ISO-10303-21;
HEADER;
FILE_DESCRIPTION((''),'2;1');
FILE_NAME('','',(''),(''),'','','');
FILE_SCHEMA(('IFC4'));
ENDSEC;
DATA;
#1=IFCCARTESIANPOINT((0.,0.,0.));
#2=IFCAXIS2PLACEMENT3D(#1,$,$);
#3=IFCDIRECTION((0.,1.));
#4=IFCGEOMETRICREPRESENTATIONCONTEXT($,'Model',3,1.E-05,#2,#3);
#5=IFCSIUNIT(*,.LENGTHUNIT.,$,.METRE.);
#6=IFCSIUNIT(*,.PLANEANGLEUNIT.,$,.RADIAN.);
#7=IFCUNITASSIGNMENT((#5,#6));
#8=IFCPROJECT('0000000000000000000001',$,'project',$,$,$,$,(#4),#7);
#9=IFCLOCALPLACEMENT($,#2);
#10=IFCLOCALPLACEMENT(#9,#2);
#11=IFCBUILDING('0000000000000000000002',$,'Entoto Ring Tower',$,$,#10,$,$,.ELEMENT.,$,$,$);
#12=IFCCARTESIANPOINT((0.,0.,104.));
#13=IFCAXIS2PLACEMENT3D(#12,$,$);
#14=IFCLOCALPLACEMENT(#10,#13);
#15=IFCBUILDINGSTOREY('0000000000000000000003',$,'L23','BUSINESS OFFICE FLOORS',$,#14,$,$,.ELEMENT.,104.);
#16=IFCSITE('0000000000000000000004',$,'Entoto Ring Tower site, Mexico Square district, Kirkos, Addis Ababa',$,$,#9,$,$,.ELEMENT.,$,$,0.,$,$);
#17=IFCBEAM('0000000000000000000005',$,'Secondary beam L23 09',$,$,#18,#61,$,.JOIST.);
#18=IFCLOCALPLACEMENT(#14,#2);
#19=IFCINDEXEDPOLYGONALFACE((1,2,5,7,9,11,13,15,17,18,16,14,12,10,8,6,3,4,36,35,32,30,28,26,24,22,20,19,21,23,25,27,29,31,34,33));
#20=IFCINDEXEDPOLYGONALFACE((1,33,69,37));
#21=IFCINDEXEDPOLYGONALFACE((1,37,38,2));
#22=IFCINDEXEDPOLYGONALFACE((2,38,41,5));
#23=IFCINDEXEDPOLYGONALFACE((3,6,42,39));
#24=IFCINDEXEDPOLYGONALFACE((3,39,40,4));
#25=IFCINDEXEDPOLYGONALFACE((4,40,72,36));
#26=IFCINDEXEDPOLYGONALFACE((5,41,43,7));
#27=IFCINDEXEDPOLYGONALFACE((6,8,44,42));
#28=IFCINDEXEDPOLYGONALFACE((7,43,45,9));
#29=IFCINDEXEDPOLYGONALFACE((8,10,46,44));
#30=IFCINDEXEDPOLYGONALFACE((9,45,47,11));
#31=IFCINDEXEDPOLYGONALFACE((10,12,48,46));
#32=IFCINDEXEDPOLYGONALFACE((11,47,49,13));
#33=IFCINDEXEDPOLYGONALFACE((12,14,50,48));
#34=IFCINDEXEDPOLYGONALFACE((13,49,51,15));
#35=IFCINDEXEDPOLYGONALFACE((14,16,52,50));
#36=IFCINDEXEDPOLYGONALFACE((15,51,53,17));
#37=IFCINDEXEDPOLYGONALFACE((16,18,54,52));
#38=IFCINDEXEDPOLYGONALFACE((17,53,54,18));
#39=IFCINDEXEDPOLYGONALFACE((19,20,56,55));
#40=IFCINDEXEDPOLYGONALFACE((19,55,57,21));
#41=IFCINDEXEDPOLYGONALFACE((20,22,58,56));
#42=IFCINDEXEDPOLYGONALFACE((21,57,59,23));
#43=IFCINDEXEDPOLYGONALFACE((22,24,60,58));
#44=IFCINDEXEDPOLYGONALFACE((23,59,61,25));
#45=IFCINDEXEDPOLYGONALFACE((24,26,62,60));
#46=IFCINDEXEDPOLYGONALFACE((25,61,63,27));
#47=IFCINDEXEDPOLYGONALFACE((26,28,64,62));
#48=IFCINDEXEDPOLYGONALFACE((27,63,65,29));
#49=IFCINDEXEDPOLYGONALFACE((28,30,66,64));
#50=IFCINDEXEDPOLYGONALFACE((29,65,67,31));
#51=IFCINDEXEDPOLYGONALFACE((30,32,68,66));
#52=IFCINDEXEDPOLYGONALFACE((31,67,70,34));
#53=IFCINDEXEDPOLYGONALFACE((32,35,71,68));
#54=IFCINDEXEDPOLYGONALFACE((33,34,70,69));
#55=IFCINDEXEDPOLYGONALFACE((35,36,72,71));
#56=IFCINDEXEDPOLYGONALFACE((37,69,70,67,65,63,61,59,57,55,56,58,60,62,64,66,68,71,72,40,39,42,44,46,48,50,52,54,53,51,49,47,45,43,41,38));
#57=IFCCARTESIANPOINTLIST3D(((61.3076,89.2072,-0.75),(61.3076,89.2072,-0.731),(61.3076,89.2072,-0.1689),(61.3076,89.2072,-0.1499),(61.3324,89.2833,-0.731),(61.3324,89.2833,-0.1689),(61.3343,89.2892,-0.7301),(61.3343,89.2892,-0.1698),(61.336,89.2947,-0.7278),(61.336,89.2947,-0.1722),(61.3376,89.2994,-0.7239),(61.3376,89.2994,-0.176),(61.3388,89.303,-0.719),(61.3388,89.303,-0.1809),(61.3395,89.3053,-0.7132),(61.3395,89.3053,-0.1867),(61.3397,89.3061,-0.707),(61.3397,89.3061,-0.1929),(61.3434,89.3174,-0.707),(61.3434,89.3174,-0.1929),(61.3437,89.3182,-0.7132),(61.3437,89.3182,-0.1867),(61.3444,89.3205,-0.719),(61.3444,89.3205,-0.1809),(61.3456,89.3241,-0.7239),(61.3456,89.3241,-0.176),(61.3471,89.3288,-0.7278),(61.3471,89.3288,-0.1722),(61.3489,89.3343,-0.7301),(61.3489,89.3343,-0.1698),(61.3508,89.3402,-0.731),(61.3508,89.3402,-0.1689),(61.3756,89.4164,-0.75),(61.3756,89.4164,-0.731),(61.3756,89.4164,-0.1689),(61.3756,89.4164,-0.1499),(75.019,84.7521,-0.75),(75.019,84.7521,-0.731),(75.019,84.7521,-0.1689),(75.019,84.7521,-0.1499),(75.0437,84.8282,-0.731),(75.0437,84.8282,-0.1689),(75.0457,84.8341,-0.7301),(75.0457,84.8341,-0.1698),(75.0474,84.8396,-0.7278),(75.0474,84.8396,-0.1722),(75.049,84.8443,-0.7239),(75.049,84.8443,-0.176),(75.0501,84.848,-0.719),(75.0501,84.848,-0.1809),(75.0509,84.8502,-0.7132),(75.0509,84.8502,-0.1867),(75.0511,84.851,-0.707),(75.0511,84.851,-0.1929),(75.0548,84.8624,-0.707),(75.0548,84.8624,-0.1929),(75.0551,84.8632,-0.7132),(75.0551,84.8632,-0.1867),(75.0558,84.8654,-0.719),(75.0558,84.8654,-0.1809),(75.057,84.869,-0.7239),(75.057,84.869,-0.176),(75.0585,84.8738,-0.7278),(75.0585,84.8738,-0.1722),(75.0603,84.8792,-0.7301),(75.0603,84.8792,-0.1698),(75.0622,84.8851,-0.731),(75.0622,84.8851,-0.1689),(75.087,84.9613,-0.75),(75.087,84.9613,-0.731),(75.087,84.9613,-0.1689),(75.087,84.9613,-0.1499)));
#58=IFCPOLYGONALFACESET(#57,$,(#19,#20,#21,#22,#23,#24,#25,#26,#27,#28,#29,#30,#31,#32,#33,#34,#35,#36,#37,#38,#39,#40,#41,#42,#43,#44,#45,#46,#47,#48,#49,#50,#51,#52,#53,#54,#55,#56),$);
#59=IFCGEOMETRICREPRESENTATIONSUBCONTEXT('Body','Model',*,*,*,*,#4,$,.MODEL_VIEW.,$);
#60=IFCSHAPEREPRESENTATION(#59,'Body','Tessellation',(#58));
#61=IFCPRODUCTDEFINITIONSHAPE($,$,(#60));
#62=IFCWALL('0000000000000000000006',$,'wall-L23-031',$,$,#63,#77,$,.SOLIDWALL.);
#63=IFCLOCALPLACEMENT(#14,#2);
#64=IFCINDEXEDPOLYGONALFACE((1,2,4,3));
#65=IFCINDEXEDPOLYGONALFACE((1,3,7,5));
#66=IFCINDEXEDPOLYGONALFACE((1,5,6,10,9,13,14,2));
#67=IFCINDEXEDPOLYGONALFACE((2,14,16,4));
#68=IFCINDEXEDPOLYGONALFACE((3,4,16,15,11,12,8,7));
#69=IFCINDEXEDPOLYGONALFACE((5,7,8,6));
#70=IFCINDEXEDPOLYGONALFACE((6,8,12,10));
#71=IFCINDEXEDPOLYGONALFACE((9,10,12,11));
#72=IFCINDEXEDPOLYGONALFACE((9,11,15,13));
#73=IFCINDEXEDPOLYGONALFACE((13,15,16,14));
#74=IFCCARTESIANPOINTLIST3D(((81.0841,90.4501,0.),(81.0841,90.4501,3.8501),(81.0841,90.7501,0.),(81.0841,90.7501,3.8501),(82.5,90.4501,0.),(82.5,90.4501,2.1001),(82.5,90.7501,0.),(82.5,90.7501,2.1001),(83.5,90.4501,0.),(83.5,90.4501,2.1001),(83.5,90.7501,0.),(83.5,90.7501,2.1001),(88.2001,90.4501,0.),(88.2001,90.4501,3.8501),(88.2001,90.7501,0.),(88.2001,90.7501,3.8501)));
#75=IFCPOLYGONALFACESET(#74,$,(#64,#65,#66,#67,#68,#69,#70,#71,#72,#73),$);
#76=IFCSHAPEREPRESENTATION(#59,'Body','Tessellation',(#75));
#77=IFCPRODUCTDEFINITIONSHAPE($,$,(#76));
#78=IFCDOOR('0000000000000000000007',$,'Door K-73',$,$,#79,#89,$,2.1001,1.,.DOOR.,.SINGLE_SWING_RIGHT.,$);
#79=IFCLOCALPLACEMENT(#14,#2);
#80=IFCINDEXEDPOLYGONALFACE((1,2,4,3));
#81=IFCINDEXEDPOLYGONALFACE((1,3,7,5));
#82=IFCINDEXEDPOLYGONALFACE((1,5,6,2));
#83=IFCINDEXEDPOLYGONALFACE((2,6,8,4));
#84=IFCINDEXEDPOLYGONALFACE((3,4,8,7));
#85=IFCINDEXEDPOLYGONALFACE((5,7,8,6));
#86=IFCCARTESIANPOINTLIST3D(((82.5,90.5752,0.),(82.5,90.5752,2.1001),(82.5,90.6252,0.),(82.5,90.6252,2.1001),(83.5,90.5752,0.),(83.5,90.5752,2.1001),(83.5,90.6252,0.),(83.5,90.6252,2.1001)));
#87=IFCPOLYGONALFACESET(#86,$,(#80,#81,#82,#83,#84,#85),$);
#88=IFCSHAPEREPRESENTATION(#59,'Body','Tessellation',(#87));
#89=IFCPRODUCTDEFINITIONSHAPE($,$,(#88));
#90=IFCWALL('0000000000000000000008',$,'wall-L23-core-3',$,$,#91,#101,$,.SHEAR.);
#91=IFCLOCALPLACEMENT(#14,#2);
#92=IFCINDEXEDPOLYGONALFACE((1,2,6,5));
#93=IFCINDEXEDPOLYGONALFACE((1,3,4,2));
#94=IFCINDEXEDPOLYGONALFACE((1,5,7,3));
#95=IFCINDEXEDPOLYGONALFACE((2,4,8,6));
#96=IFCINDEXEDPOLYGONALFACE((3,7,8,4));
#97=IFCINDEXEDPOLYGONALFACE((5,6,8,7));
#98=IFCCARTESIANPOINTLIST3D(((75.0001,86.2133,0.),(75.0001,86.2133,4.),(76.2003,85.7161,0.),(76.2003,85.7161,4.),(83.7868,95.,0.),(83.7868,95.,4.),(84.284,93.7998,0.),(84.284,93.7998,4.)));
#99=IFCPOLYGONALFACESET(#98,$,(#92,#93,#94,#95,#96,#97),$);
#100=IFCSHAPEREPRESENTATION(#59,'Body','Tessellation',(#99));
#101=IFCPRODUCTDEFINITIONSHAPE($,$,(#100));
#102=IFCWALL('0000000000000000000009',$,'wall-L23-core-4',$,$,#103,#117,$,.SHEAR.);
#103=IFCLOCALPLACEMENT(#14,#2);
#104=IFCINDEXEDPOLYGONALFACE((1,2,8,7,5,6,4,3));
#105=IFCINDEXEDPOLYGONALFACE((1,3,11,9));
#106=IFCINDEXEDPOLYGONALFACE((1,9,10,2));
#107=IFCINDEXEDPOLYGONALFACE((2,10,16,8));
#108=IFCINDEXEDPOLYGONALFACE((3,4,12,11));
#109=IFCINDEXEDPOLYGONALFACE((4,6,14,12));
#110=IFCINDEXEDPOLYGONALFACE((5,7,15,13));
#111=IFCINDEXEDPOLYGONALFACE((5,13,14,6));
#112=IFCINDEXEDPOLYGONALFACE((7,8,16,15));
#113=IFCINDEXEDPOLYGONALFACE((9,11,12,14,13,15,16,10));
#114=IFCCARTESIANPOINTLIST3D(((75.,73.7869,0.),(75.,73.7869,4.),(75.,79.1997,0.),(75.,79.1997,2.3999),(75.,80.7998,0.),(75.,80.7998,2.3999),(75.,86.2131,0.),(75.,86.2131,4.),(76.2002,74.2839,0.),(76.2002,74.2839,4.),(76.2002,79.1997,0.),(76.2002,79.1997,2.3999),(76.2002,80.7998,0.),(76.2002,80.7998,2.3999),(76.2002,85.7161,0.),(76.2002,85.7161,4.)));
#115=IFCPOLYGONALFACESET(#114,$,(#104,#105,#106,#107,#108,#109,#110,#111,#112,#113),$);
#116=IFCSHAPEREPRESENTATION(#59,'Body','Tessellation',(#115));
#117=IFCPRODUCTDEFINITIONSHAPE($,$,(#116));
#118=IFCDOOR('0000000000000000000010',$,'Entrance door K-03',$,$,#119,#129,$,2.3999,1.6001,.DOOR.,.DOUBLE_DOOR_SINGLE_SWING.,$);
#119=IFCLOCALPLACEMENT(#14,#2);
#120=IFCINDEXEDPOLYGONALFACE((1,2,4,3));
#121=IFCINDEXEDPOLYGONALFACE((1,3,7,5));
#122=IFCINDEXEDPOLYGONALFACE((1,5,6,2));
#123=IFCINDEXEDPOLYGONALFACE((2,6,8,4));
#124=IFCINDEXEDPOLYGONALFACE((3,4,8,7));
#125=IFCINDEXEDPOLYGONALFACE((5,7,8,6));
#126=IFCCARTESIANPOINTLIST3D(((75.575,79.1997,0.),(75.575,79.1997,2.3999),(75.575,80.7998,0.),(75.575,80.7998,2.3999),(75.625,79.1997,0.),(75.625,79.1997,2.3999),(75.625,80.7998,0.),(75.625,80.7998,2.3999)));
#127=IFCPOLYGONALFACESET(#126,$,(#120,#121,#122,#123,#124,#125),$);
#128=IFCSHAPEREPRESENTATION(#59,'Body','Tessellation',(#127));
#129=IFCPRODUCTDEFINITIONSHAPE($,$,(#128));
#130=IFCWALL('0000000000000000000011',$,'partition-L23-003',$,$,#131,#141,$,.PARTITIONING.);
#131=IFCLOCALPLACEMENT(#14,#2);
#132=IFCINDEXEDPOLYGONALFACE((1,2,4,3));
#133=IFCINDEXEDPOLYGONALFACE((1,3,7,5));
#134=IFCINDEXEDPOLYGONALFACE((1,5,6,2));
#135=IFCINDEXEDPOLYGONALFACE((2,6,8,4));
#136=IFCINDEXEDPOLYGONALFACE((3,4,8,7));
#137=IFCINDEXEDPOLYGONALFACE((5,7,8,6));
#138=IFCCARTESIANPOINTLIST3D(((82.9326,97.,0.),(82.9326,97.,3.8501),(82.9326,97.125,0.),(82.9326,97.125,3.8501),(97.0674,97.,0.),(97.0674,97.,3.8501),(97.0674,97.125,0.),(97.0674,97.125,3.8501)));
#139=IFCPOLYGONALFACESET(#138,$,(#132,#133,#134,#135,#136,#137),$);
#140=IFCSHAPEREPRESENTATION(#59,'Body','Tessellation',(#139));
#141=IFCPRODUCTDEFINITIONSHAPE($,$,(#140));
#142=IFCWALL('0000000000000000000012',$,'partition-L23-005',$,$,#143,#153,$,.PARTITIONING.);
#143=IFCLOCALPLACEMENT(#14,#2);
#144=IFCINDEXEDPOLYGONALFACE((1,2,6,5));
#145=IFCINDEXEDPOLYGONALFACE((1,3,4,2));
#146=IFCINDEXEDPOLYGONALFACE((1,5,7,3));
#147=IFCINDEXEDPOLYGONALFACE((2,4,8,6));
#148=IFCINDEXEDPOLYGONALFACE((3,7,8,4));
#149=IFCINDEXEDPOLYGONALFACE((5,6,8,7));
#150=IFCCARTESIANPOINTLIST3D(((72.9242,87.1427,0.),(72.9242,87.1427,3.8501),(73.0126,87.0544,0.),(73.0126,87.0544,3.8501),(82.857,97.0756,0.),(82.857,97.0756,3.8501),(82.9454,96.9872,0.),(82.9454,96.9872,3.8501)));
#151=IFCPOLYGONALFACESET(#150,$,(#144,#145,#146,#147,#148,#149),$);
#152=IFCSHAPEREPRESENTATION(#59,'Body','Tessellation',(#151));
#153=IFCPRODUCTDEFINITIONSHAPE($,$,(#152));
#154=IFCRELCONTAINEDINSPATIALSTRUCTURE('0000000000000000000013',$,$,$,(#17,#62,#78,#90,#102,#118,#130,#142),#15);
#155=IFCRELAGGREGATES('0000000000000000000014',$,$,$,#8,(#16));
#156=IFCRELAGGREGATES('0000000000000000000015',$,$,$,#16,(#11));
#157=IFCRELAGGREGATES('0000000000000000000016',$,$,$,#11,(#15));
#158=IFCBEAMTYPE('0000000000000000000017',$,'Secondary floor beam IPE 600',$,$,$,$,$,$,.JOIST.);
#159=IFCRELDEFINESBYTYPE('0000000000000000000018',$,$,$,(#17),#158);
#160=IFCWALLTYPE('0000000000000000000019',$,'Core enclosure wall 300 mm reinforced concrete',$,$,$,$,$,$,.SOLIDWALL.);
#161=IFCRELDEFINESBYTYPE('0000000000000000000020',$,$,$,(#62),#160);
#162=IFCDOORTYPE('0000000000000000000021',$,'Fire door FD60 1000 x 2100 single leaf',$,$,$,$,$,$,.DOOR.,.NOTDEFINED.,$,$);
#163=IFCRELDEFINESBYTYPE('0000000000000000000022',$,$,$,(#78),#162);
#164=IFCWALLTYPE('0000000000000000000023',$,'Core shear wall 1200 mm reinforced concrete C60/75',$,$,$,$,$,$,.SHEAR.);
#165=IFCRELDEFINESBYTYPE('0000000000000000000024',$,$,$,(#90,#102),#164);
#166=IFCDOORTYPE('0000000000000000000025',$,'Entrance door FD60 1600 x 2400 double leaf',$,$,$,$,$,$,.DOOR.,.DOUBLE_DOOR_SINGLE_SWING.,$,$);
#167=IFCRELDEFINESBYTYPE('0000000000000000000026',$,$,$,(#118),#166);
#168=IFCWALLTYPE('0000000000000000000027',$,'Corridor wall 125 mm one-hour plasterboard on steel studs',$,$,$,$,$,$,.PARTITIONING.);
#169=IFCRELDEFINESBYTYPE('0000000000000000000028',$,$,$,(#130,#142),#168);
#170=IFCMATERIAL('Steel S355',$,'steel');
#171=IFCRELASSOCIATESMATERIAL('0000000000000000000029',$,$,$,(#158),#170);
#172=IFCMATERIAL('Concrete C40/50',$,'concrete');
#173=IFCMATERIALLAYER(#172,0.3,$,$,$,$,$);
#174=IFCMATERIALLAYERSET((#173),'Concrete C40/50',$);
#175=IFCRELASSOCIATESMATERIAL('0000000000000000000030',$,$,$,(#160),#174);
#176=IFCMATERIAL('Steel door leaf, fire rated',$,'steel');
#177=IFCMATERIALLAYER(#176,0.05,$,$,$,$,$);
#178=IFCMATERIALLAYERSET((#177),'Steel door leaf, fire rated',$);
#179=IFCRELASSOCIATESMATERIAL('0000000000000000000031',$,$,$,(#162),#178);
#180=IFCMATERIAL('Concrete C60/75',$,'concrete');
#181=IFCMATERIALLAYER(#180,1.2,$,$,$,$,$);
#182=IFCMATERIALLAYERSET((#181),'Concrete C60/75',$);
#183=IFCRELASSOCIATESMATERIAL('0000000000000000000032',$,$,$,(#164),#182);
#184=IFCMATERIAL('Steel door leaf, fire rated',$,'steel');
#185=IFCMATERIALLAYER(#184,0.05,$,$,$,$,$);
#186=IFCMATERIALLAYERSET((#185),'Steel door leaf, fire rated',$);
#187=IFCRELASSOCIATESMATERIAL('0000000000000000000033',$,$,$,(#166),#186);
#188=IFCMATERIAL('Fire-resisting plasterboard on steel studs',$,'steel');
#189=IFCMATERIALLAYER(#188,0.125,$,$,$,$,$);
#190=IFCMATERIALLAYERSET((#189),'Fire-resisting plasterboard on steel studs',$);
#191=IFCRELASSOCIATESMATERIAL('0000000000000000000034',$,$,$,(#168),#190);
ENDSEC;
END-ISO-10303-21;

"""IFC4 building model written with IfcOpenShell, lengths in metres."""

from ifc_helpers import new_model, si_unit, direction, frame, frame_2d, origin, origin_2d, place, context, subcontext, project, spatial, polyline, rectangle, i_section, outline, extrude, material, layer, layer_set, material_profile, profile_set, type_object, element, fill, save


model = new_model("IFC4")

# Units and contexts
model_context = context("Model", 3, precision=1e-05, world=origin(), true_north=direction((0.0, 1.0)))
body_context = subcontext(model_context, "Body", "Model", "MODEL_VIEW")
ifc_project = project(units=[si_unit("LENGTHUNIT", "METRE"), si_unit("PLANEANGLEUNIT", "RADIAN")], contexts=[model_context])

# Site, building, storey
site_placement = place(None, origin())
site = spatial("IfcSite", under=ifc_project, at=site_placement, Name="Entoto Ring Tower site, Mexico Square district, Kirkos, Addis Ababa", CompositionType="ELEMENT", RefElevation=0.0)
building_placement = place(site_placement, origin())
building = spatial("IfcBuilding", under=site, at=building_placement, Name="Entoto Ring Tower", CompositionType="ELEMENT")
storey_placement = place(building_placement, frame((0.0, 0.0, 104.0)))
storey = spatial("IfcBuildingStorey", under=building, at=storey_placement, Name="L23", Description="BUSINESS OFFICE FLOORS", CompositionType="ELEMENT", Elevation=104.0)

# Beam
ifc_material_1 = material(Name="Steel S355", Category="steel")
ifc_material_profile_1 = material_profile(ifc_material_1, i_section(OverallWidth=0.22, OverallDepth=0.6001, WebThickness=0.012, FlangeThickness=0.019, FilletRadius=0.0239, at=origin_2d()), Name="IPE 600")
ifc_profile_set_1 = profile_set([ifc_material_profile_1], Name="Steel S355")
beam_type_1 = type_object("IfcBeamType", Name="Secondary floor beam IPE 600", PredefinedType="JOIST", material=ifc_profile_set_1)
beam_1_placement = place(storey_placement, frame((75.053, 84.8567, -0.45), z_axis=(-0.951057, 0.309015, 0.0), x_axis=(-0.309015, -0.951057, 0.0)))
element("IfcBeam", 1, at=beam_1_placement, inside=storey, type_object=beam_type_1, Name="Secondary beam L23 09", PredefinedType="JOIST", context=body_context, shape_type="SweptSolid", body=[
    extrude(i_section(OverallWidth=0.22, OverallDepth=0.6001, WebThickness=0.012, FlangeThickness=0.019, FilletRadius=0.0239, at=origin_2d()), origin(), (0.0, 0.0, 1.0), 14.417),
])

# Wall, opening, door
ifc_material_2 = material(Name="Concrete C40/50", Category="concrete")
ifc_layer_1 = layer(ifc_material_2, 0.3)
ifc_layer_set_1 = layer_set([ifc_layer_1], Name="Concrete C40/50")
wall_type_1 = type_object("IfcWallType", Name="Core enclosure wall 300 mm reinforced concrete", PredefinedType="SOLIDWALL", material=ifc_layer_set_1)
wall_1_placement = place(storey_placement, frame((81.084, 90.6001, 0.0), z_axis=(0.0, 0.0, 1.0), x_axis=(1.0, 0.0, 0.0)))
wall_1 = element("IfcWall", 2, at=wall_1_placement, inside=storey, type_object=wall_type_1, Name="wall-L23-031", PredefinedType="SOLIDWALL", context=body_context, shape_type="SweptSolid", body=[
    extrude(rectangle(XDim=7.116, YDim=0.3, at=frame_2d((3.5581, 0.0))), origin(), (0.0, 0.0, 1.0), 3.8501),
])
opening_1_placement = place(wall_1_placement, frame((1.416, 0.0, 0.0)))
opening_1 = element("IfcOpeningElement", 3, at=opening_1_placement, cuts=wall_1, PredefinedType="OPENING", context=body_context, shape_type="SweptSolid", body=[
    extrude(rectangle(XDim=1.0, YDim=2.1001, at=frame_2d((0.5, 1.05))), frame((0.0, 0.1602, 0.0), z_axis=(0.0, -1.0, 0.0), x_axis=(1.0, 0.0, 0.0)), (0.0, 0.0, 1.0), 0.3201),
])
ifc_material_3 = material(Name="Steel door leaf, fire rated", Category="steel")
ifc_layer_2 = layer(ifc_material_3, 0.05)
ifc_layer_set_2 = layer_set([ifc_layer_2], Name="Steel door leaf, fire rated")
door_type_1 = type_object("IfcDoorType", Name="Fire door FD60 1000 x 2100 single leaf", OperationType="NOTDEFINED", PredefinedType="DOOR", material=ifc_layer_set_2)
door_1_placement = place(opening_1_placement, frame((1.0, 0.0, 0.0), z_axis=(0.0, 0.0, 1.0), x_axis=(-1.0, 0.0, 0.0)))
door_1 = element("IfcDoor", 4, at=door_1_placement, inside=storey, type_object=door_type_1, Name="Door K-73", OperationType="SINGLE_SWING_RIGHT", OverallHeight=2.1001, OverallWidth=1.0, PredefinedType="DOOR", context=body_context, shape_type="SweptSolid", body=[
    extrude(rectangle(XDim=1.0, YDim=2.1001, at=frame_2d((0.5, 1.05))), frame((0.0, 0.0249, 0.0), z_axis=(0.0, -1.0, 0.0), x_axis=(1.0, 0.0, 0.0)), (0.0, 0.0, 1.0), 0.05),
])
fill(opening_1, door_1)

# Wall
ifc_material_4 = material(Name="Concrete C60/75", Category="concrete")
ifc_layer_3 = layer(ifc_material_4, 1.2)
ifc_layer_set_3 = layer_set([ifc_layer_3], Name="Concrete C60/75")
wall_type_2 = type_object("IfcWallType", Name="Core shear wall 1200 mm reinforced concrete C60/75", PredefinedType="SHEAR", material=ifc_layer_set_3)
wall_2_placement = place(storey_placement, frame((84.0354, 94.3999, 0.0), z_axis=(0.0, 0.0, 1.0), x_axis=(-0.707107, -0.707107, 0.0)))
element("IfcWall", 5, at=wall_2_placement, inside=storey, type_object=wall_type_2, Name="wall-L23-core-3", PredefinedType="SHEAR", context=body_context, shape_type="SweptSolid", body=[
    extrude(outline(polyline([(-0.2485, -0.6001), (12.1777, -0.6001), (11.6807, 0.6001), (0.2485, 0.6001), (-0.2485, -0.6001)])), origin(), (0.0, 0.0, 1.0), 4.0),
])

# Wall, opening, door
wall_3_placement = place(storey_placement, frame((75.6001, 85.9646, 0.0), z_axis=(0.0, 0.0, 1.0), x_axis=(0.0, -1.0, 0.0)))
wall_3 = element("IfcWall", 6, at=wall_3_placement, inside=storey, type_object=wall_type_2, Name="wall-L23-core-4", PredefinedType="SHEAR", context=body_context, shape_type="SweptSolid", body=[
    extrude(outline(polyline([(-0.2485, -0.6001), (12.1777, -0.6001), (11.6807, 0.6001), (0.2485, 0.6001), (-0.2485, -0.6001)])), origin(), (0.0, 0.0, 1.0), 4.0),
])
opening_2_placement = place(wall_3_placement, frame((5.1648, 0.0, 0.0)))
opening_2 = element("IfcOpeningElement", 7, at=opening_2_placement, cuts=wall_3, PredefinedType="OPENING", context=body_context, shape_type="SweptSolid", body=[
    extrude(rectangle(XDim=1.6001, YDim=2.3999, at=frame_2d((0.8, 1.2))), frame((0.0, 0.6099, 0.0), z_axis=(0.0, -1.0, 0.0), x_axis=(1.0, 0.0, 0.0)), (0.0, 0.0, 1.0), 1.22),
])
ifc_material_5 = material(Name="Steel door leaf, fire rated", Category="steel")
ifc_layer_4 = layer(ifc_material_5, 0.05)
ifc_layer_set_4 = layer_set([ifc_layer_4], Name="Steel door leaf, fire rated")
door_type_2 = type_object("IfcDoorType", Name="Entrance door FD60 1600 x 2400 double leaf", OperationType="DOUBLE_DOOR_SINGLE_SWING", PredefinedType="DOOR", material=ifc_layer_set_4)
door_2_placement = place(opening_2_placement, origin())
door_2 = element("IfcDoor", 8, at=door_2_placement, inside=storey, type_object=door_type_2, Name="Entrance door K-03", OperationType="DOUBLE_DOOR_SINGLE_SWING", OverallHeight=2.3999, OverallWidth=1.6001, PredefinedType="DOOR", context=body_context, shape_type="SweptSolid", body=[
    extrude(rectangle(XDim=1.6001, YDim=2.3999, at=frame_2d((0.8, 1.2))), frame((0.0, 0.0249, 0.0), z_axis=(0.0, -1.0, 0.0), x_axis=(1.0, 0.0, 0.0)), (0.0, 0.0, 1.0), 0.05),
])
fill(opening_2, door_2)

# Walls
ifc_material_6 = material(Name="Fire-resisting plasterboard on steel studs", Category="steel")
ifc_layer_5 = layer(ifc_material_6, 0.125)
ifc_layer_set_5 = layer_set([ifc_layer_5], Name="Fire-resisting plasterboard on steel studs")
wall_type_3 = type_object("IfcWallType", Name="Corridor wall 125 mm one-hour plasterboard on steel studs", PredefinedType="PARTITIONING", material=ifc_layer_set_5)
wall_4_placement = place(storey_placement, frame((82.9326, 97.0625, 0.0), z_axis=(0.0, 0.0, 1.0), x_axis=(1.0, 0.0, 0.0)))
element("IfcWall", 9, at=wall_4_placement, inside=storey, type_object=wall_type_3, Name="partition-L23-003", PredefinedType="PARTITIONING", context=body_context, shape_type="SweptSolid", body=[
    extrude(rectangle(XDim=14.1348, YDim=0.125, at=frame_2d((7.0674, 0.0))), origin(), (0.0, 0.0, 1.0), 3.8501),
])
wall_5_placement = place(storey_placement, frame((72.9685, 87.0986, 0.0), z_axis=(0.0, 0.0, 1.0), x_axis=(0.707107, 0.707107, 0.0)))
element("IfcWall", 10, at=wall_5_placement, inside=storey, type_object=wall_type_3, Name="partition-L23-005", PredefinedType="PARTITIONING", context=body_context, shape_type="SweptSolid", body=[
    extrude(rectangle(XDim=14.0471, YDim=0.125, at=frame_2d((7.0234, 0.0))), origin(), (0.0, 0.0, 1.0), 3.8501),
])

save(model, "model.ifc")
